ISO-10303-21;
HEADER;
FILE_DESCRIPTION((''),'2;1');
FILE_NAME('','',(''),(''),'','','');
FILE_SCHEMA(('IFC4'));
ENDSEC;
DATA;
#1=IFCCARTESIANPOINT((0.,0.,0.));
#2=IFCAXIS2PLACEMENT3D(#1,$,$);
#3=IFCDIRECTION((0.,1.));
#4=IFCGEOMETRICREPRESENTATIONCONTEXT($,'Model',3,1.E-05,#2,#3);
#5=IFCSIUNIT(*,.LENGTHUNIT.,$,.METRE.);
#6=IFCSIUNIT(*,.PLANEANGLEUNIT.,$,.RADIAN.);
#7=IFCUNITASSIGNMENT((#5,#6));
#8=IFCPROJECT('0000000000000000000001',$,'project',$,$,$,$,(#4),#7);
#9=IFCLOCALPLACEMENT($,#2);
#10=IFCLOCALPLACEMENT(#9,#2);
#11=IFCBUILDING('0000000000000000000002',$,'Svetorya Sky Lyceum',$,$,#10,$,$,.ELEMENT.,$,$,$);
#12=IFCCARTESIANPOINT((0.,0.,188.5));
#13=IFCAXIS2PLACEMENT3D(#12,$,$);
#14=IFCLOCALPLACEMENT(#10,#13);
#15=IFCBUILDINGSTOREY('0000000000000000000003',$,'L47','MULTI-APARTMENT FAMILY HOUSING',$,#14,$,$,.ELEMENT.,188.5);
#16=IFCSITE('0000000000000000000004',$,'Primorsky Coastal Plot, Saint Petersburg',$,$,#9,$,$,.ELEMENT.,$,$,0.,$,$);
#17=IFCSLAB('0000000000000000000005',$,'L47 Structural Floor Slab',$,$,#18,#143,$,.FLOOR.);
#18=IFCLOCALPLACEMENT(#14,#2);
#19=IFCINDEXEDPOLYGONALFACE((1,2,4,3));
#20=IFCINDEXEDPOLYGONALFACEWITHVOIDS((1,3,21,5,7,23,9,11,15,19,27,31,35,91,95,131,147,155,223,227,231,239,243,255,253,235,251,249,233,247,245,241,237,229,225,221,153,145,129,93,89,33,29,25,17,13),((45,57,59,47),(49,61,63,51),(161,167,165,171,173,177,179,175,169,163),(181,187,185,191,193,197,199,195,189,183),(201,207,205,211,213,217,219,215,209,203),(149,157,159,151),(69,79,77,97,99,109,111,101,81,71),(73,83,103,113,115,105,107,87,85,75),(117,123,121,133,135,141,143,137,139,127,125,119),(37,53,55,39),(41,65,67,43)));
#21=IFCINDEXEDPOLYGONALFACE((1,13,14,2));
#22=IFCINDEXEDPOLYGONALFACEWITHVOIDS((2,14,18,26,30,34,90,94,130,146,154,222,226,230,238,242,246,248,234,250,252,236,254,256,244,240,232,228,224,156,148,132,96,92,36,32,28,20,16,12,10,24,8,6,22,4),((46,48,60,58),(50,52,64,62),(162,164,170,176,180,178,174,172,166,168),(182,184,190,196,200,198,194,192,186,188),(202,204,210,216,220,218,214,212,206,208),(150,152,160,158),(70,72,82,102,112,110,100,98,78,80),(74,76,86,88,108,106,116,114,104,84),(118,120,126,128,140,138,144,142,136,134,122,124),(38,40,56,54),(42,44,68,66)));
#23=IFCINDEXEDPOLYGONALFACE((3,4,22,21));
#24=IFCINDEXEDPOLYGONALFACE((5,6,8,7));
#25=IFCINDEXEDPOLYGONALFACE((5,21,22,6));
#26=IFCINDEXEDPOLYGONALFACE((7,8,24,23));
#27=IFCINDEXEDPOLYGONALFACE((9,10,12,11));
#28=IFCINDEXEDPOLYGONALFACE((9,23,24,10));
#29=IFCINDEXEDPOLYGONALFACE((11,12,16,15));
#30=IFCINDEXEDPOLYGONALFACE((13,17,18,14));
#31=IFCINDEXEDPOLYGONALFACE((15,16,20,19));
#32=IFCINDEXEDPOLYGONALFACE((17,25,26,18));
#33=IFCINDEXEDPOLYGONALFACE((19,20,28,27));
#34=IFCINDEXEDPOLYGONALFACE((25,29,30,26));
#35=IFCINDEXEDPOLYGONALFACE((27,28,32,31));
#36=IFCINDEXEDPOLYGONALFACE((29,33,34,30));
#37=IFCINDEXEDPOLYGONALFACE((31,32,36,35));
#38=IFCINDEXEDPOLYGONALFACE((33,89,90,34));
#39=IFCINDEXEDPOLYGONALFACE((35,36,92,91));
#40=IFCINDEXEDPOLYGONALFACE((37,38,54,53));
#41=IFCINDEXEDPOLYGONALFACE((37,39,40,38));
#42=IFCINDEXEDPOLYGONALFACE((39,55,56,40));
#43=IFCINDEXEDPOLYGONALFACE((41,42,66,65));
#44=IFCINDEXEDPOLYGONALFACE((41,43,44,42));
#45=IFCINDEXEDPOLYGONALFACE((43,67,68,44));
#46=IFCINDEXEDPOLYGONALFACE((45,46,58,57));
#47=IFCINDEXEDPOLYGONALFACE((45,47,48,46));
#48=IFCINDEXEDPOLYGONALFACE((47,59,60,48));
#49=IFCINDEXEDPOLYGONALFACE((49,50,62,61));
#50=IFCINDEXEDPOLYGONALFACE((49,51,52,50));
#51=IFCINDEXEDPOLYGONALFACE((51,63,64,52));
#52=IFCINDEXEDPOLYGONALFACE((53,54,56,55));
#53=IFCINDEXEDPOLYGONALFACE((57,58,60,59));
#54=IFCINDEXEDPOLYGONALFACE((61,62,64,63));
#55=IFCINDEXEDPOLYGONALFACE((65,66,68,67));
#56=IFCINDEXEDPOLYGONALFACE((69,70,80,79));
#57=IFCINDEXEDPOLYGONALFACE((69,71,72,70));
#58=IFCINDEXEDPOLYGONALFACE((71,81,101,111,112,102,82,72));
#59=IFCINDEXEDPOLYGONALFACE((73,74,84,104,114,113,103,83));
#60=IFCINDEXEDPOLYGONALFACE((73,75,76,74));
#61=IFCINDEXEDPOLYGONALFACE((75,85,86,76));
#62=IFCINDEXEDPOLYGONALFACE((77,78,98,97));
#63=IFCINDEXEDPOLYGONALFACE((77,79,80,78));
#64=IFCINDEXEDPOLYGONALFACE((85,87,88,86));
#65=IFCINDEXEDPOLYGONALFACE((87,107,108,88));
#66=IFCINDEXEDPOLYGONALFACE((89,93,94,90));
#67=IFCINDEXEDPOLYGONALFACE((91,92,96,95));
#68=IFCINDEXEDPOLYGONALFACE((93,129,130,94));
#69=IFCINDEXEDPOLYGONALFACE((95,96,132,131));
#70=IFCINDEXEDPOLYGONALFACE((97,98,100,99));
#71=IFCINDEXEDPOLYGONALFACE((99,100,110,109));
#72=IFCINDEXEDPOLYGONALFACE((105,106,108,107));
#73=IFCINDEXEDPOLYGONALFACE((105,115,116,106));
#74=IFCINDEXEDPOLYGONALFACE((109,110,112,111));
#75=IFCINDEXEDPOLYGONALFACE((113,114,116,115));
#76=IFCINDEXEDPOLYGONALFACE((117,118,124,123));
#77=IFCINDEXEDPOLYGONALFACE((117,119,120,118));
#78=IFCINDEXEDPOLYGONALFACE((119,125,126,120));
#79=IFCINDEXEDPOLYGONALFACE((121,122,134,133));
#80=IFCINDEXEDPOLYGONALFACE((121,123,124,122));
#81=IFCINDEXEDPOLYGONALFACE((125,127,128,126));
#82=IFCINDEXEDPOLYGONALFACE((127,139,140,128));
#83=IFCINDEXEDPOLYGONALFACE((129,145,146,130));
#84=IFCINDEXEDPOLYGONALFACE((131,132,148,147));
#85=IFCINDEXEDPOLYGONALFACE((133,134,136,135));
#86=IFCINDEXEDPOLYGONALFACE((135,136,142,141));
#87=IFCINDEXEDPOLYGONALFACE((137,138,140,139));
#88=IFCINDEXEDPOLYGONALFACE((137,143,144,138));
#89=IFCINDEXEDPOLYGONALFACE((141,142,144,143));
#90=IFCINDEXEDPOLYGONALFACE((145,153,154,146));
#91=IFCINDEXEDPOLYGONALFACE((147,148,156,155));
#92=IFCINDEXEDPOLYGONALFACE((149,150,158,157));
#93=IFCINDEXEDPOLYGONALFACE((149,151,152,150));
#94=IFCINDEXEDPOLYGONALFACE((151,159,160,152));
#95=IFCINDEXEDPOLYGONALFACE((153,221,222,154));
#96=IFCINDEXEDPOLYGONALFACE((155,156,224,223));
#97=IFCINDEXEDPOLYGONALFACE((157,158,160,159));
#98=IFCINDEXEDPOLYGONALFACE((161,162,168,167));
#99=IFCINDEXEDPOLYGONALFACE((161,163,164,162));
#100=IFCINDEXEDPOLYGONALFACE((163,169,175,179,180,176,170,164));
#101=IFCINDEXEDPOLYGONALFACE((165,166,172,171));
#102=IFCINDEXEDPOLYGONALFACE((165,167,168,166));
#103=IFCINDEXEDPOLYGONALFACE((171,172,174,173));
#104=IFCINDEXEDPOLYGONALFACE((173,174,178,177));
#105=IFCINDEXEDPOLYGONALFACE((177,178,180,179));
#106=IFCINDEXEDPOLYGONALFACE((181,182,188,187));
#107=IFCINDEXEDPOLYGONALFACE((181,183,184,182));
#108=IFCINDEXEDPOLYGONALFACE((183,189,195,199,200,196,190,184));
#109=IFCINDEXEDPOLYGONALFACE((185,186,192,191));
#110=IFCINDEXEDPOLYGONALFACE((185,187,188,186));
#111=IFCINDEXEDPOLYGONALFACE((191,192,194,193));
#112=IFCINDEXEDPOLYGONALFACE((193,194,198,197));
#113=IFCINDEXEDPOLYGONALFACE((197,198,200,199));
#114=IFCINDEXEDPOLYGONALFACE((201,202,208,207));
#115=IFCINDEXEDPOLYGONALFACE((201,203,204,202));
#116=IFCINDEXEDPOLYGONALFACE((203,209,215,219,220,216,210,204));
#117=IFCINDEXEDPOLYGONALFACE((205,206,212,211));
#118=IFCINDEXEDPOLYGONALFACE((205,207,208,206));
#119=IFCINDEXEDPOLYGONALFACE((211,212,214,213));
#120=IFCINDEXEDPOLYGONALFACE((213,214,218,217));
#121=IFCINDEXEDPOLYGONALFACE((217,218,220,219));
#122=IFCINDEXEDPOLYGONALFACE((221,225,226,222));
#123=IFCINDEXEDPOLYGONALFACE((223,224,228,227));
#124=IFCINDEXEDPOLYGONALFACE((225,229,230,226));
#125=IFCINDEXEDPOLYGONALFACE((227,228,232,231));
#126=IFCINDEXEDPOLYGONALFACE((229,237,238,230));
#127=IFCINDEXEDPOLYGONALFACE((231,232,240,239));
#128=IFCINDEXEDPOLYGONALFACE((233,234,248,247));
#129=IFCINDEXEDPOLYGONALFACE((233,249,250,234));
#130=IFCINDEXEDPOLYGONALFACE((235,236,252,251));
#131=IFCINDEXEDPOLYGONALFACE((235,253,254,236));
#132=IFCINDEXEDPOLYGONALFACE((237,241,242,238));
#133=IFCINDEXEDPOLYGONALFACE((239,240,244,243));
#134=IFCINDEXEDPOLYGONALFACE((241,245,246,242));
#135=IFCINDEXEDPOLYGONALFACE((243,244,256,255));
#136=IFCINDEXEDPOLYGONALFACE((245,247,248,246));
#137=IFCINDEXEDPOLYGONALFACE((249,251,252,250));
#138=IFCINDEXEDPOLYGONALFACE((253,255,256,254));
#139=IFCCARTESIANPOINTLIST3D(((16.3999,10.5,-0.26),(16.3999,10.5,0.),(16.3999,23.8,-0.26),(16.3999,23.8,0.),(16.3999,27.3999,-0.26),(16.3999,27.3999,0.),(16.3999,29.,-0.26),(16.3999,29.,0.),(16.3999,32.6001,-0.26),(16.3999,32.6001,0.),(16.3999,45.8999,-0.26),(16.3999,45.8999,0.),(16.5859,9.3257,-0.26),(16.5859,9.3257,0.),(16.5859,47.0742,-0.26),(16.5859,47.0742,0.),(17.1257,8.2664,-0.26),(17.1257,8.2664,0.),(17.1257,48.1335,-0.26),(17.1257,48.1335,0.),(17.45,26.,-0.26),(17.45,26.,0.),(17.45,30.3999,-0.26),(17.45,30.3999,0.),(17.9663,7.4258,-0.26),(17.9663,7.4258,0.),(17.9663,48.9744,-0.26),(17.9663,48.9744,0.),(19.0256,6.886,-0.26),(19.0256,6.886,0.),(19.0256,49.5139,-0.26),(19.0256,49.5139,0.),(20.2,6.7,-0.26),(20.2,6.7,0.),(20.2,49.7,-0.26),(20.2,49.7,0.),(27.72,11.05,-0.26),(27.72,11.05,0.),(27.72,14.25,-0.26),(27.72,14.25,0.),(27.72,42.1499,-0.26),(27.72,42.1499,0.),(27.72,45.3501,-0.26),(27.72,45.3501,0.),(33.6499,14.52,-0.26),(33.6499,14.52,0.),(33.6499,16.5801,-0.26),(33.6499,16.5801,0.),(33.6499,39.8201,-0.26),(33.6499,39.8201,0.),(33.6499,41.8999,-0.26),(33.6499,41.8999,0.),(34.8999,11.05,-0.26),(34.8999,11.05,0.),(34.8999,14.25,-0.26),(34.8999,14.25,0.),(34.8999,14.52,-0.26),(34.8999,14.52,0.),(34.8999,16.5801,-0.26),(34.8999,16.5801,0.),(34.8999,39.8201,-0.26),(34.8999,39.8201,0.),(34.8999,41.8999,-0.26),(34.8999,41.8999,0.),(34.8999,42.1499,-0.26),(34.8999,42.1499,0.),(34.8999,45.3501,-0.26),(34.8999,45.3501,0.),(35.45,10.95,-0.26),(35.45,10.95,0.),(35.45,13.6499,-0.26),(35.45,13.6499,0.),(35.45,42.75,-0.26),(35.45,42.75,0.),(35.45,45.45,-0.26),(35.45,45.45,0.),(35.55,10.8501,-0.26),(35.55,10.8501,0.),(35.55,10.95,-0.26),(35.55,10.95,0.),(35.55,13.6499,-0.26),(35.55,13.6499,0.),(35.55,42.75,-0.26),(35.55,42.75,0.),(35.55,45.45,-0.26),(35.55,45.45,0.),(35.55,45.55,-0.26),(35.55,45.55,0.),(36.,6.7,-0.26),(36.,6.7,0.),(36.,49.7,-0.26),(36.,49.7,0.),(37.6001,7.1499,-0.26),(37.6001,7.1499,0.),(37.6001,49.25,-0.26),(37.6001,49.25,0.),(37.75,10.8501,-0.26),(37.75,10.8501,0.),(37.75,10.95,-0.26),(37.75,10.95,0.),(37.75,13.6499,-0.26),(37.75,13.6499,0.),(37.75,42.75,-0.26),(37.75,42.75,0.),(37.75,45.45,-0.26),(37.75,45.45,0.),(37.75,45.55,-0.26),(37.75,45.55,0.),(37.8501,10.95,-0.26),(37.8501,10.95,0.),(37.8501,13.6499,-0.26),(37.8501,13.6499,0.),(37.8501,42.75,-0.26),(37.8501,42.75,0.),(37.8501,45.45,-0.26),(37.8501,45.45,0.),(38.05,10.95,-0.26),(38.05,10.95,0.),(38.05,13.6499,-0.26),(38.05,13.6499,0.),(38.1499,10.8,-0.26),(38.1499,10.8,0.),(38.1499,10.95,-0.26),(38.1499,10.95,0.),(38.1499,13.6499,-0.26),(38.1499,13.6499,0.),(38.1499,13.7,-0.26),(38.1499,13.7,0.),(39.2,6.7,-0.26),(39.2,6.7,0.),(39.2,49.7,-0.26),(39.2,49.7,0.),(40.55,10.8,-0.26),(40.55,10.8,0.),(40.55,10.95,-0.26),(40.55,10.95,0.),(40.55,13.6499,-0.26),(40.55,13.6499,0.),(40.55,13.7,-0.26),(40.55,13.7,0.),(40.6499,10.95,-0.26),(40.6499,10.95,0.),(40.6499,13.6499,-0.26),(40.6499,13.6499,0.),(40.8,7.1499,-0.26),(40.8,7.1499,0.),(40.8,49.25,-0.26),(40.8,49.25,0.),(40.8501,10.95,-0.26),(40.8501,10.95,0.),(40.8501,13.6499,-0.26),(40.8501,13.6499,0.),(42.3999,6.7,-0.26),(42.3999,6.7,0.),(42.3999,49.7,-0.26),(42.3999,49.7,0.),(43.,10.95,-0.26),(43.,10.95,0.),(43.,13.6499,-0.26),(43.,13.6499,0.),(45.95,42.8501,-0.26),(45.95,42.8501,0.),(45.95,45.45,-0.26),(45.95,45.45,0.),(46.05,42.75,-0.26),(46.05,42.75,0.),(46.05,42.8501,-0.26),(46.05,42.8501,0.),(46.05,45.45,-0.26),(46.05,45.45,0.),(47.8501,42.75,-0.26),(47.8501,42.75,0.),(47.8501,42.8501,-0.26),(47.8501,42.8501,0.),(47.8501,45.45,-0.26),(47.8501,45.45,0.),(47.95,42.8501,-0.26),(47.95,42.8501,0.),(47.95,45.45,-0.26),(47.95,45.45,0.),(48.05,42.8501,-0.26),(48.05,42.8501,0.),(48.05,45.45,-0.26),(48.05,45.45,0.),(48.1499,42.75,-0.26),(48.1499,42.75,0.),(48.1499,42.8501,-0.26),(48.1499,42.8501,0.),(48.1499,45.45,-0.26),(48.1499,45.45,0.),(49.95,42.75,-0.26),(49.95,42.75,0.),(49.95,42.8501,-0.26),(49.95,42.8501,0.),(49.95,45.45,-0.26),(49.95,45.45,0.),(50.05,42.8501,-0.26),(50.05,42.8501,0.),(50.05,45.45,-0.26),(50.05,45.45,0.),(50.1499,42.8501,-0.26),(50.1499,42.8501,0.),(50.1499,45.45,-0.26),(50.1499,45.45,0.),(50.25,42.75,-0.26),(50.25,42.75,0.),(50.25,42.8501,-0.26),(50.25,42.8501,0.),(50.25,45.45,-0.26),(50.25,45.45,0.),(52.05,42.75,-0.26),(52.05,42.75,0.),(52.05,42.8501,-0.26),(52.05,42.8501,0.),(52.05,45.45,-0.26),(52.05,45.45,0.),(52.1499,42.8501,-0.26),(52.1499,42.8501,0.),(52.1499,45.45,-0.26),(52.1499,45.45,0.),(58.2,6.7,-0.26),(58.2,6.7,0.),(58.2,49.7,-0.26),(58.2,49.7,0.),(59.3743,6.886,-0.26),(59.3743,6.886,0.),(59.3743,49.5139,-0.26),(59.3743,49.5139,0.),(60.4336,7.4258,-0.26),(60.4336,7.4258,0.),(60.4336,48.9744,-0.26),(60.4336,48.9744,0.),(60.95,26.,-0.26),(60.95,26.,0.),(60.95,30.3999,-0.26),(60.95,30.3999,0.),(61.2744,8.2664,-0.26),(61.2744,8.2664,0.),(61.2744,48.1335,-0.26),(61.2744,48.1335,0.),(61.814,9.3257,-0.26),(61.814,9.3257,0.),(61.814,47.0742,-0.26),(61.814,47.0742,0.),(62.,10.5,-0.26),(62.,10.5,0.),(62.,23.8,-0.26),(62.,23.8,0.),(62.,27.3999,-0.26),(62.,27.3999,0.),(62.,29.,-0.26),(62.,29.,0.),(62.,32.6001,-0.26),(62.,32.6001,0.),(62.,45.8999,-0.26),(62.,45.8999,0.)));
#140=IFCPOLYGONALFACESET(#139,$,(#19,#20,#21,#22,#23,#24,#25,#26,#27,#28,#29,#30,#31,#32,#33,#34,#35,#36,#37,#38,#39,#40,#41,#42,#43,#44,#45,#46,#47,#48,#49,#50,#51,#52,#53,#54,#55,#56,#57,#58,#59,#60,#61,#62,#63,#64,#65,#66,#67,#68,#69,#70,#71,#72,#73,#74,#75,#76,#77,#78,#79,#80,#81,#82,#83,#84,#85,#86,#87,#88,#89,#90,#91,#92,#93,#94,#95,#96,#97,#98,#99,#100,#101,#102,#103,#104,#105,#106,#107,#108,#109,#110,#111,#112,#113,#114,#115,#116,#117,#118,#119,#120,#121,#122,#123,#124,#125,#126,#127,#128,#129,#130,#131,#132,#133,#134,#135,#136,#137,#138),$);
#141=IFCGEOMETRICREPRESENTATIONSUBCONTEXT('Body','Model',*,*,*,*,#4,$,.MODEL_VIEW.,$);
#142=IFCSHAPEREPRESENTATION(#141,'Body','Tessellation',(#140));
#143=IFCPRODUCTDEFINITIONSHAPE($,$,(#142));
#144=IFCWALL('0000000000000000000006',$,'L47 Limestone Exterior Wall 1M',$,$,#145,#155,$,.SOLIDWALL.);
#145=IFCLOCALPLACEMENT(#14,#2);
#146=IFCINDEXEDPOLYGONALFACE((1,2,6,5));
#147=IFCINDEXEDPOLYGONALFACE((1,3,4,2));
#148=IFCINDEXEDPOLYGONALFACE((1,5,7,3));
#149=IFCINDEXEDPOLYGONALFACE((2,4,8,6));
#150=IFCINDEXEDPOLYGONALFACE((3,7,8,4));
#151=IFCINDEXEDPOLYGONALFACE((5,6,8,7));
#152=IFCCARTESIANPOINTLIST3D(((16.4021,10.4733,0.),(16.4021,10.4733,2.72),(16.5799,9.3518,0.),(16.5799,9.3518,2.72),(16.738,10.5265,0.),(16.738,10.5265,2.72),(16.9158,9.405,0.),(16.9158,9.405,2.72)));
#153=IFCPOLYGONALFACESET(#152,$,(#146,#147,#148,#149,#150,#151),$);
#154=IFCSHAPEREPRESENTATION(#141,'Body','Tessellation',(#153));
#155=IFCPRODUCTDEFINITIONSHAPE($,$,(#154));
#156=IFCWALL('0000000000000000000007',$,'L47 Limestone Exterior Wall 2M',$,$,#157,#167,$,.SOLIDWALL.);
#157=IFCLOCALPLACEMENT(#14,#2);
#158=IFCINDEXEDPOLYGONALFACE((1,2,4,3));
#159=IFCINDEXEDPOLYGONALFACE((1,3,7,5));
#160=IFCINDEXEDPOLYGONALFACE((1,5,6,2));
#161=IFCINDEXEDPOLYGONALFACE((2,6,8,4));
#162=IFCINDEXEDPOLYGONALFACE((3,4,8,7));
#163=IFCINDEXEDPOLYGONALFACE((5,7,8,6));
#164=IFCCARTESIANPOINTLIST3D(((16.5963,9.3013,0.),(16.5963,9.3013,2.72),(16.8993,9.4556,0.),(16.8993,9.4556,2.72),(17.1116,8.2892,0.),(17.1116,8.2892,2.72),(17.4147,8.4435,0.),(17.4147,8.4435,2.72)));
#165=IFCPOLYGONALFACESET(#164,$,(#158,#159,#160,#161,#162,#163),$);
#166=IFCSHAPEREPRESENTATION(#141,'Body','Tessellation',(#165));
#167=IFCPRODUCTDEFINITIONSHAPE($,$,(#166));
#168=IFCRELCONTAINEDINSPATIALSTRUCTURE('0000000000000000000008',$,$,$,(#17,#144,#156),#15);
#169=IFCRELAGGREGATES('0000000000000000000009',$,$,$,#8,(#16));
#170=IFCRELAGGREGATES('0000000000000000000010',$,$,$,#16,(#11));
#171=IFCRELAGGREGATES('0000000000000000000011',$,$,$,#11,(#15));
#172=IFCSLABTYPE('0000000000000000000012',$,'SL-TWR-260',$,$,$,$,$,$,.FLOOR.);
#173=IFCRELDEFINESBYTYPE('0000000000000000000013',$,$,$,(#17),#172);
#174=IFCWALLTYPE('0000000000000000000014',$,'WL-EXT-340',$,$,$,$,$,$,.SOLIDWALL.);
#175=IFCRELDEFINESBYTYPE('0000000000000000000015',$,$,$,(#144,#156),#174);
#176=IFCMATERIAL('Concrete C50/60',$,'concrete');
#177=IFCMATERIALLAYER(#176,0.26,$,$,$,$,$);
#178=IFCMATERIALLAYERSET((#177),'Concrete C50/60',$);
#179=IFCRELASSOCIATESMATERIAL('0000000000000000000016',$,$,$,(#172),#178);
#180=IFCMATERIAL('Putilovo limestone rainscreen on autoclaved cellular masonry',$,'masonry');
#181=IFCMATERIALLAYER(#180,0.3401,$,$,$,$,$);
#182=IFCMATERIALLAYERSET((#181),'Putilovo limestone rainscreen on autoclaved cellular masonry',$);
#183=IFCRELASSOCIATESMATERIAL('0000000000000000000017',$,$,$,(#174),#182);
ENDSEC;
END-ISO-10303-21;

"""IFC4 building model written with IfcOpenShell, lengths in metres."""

from ifc_helpers import new_model, si_unit, direction, frame, frame_2d, origin, place, context, subcontext, project, spatial, polyline, rectangle, outline, extrude, material, layer, layer_set, type_object, element, save


model = new_model("IFC4")

# Units and contexts
model_context = context("Model", 3, precision=1e-05, world=origin(), true_north=direction((0.0, 1.0)))
body_context = subcontext(model_context, "Body", "Model", "MODEL_VIEW")
ifc_project = project(units=[si_unit("LENGTHUNIT", "METRE"), si_unit("PLANEANGLEUNIT", "RADIAN")], contexts=[model_context])

# Site, building, storey
site_placement = place(None, origin())
site = spatial("IfcSite", under=ifc_project, at=site_placement, Name="Primorsky Coastal Plot, Saint Petersburg", CompositionType="ELEMENT", RefElevation=0.0)
building_placement = place(site_placement, origin())
building = spatial("IfcBuilding", under=site, at=building_placement, Name="Svetorya Sky Lyceum", CompositionType="ELEMENT")
storey_placement = place(building_placement, frame((0.0, 0.0, 188.5)))
storey = spatial("IfcBuildingStorey", under=building, at=storey_placement, Name="L47", Description="MULTI-APARTMENT FAMILY HOUSING", CompositionType="ELEMENT", Elevation=188.5)

# Shared definitions
ifc_material_1 = material(Name="Concrete C50/60", Category="concrete")

# Slab
ifc_layer_1 = layer(ifc_material_1, 0.26)
ifc_layer_set_1 = layer_set([ifc_layer_1], Name="Concrete C50/60")
slab_type_1 = type_object("IfcSlabType", Name="SL-TWR-260", PredefinedType="FLOOR", material=ifc_layer_set_1)
slab_1_placement = place(storey_placement, frame((0.0, 0.0, -0.26)))
element("IfcSlab", 1, at=slab_1_placement, inside=storey, type_object=slab_type_1, Name="L47 Structural Floor Slab", PredefinedType="FLOOR", context=body_context, shape_type="SweptSolid", body=[
    extrude(outline(polyline([(16.3999, 10.5), (16.5859, 9.3257), (17.1257, 8.2664), (17.9663, 7.4258), (19.0256, 6.886), (20.2, 6.7), (36.0, 6.7), (37.6001, 7.1499), (39.2, 6.7), (40.8, 7.1499), (42.3999, 6.7), (58.2, 6.7), (59.3743, 6.886), (60.4336, 7.4258), (61.2744, 8.2664), (61.814, 9.3257), (62.0, 10.5), (62.0, 23.8), (60.95, 26.0), (62.0, 27.3999), (62.0, 29.0), (60.95, 30.3999), (62.0, 32.6001), (62.0, 45.8999), (61.814, 47.0742), (61.2744, 48.1335), (60.4336, 48.9744), (59.3743, 49.5139), (58.2, 49.7), (42.3999, 49.7), (40.8, 49.25), (39.2, 49.7), (37.6001, 49.25), (36.0, 49.7), (20.2, 49.7), (19.0256, 49.5139), (17.9663, 48.9744), (17.1257, 48.1335), (16.5859, 47.0742), (16.3999, 45.8999), (16.3999, 32.6001), (17.45, 30.3999), (16.3999, 29.0), (16.3999, 27.3999), (17.45, 26.0), (16.3999, 23.8), (16.3999, 10.5)]), holes=[polyline([(37.8501, 10.95), (37.75, 10.95), (37.75, 10.8501), (35.55, 10.8501), (35.55, 10.95), (35.45, 10.95), (35.45, 13.6499), (35.55, 13.6499), (37.75, 13.6499), (37.8501, 13.6499), (37.8501, 10.95)]), polyline([(38.1499, 10.8), (38.1499, 10.95), (38.05, 10.95), (38.05, 13.6499), (38.1499, 13.6499), (38.1499, 13.7), (40.55, 13.7), (40.55, 13.6499), (40.6499, 13.6499), (40.6499, 10.95), (40.55, 10.95), (40.55, 10.8), (38.1499, 10.8)]), polyline([(27.72, 11.05), (27.72, 14.25), (34.8999, 14.25), (34.8999, 11.05), (27.72, 11.05)]), polyline([(33.6499, 14.52), (33.6499, 16.5801), (34.8999, 16.5801), (34.8999, 14.52), (33.6499, 14.52)]), polyline([(33.6499, 39.8201), (33.6499, 41.8999), (34.8999, 41.8999), (34.8999, 39.8201), (33.6499, 39.8201)]), polyline([(27.72, 42.1499), (27.72, 45.3501), (34.8999, 45.3501), (34.8999, 42.1499), (27.72, 42.1499)]), polyline([(37.75, 42.75), (35.55, 42.75), (35.45, 42.75), (35.45, 45.45), (35.55, 45.45), (35.55, 45.55), (37.75, 45.55), (37.75, 45.45), (37.8501, 45.45), (37.8501, 42.75), (37.75, 42.75)]), polyline([(40.8501, 10.95), (40.8501, 13.6499), (43.0, 13.6499), (43.0, 10.95), (40.8501, 10.95)]), polyline([(46.05, 42.75), (46.05, 42.8501), (45.95, 42.8501), (45.95, 45.45), (46.05, 45.45), (47.8501, 45.45), (47.95, 45.45), (47.95, 42.8501), (47.8501, 42.8501), (47.8501, 42.75), (46.05, 42.75)]), polyline([(50.05, 42.8501), (49.95, 42.8501), (49.95, 42.75), (48.1499, 42.75), (48.1499, 42.8501), (48.05, 42.8501), (48.05, 45.45), (48.1499, 45.45), (49.95, 45.45), (50.05, 45.45), (50.05, 42.8501)]), polyline([(52.1499, 42.8501), (52.05, 42.8501), (52.05, 42.75), (50.25, 42.75), (50.25, 42.8501), (50.1499, 42.8501), (50.1499, 45.45), (50.25, 45.45), (52.05, 45.45), (52.1499, 45.45), (52.1499, 42.8501)])]), origin(), (0.0, 0.0, 1.0), 0.26),
])

# Walls
ifc_material_2 = material(Name="Putilovo limestone rainscreen on autoclaved cellular masonry", Category="masonry")
ifc_layer_2 = layer(ifc_material_2, 0.3401)
ifc_layer_set_2 = layer_set([ifc_layer_2], Name="Putilovo limestone rainscreen on autoclaved cellular masonry")
wall_type_1 = type_object("IfcWallType", Name="WL-EXT-340", PredefinedType="SOLIDWALL", material=ifc_layer_set_2)
wall_1_placement = place(storey_placement, frame((16.5701, 10.5, 0.0), z_axis=(0.0, 0.0, 1.0), x_axis=(0.156515, -0.987676, 0.0)))
element("IfcWall", 2, at=wall_1_placement, inside=storey, type_object=wall_type_1, Name="L47 Limestone Exterior Wall 1M", PredefinedType="SOLIDWALL", context=body_context, shape_type="SweptSolid", body=[
    extrude(rectangle(XDim=1.1355, YDim=0.3401, at=frame_2d((0.5679, 0.0))), origin(), (0.0, 0.0, 1.0), 2.72),
])
wall_2_placement = place(storey_placement, frame((16.7478, 9.3784, 0.0), z_axis=(0.0, 0.0, 1.0), x_axis=(0.453736, -0.891136, 0.0)))
element("IfcWall", 3, at=wall_2_placement, inside=storey, type_object=wall_type_1, Name="L47 Limestone Exterior Wall 2M", PredefinedType="SOLIDWALL", context=body_context, shape_type="SweptSolid", body=[
    extrude(rectangle(XDim=1.1357, YDim=0.3401, at=frame_2d((0.5679, 0.0))), origin(), (0.0, 0.0, 1.0), 2.72),
])

save(model, "model.ifc")
